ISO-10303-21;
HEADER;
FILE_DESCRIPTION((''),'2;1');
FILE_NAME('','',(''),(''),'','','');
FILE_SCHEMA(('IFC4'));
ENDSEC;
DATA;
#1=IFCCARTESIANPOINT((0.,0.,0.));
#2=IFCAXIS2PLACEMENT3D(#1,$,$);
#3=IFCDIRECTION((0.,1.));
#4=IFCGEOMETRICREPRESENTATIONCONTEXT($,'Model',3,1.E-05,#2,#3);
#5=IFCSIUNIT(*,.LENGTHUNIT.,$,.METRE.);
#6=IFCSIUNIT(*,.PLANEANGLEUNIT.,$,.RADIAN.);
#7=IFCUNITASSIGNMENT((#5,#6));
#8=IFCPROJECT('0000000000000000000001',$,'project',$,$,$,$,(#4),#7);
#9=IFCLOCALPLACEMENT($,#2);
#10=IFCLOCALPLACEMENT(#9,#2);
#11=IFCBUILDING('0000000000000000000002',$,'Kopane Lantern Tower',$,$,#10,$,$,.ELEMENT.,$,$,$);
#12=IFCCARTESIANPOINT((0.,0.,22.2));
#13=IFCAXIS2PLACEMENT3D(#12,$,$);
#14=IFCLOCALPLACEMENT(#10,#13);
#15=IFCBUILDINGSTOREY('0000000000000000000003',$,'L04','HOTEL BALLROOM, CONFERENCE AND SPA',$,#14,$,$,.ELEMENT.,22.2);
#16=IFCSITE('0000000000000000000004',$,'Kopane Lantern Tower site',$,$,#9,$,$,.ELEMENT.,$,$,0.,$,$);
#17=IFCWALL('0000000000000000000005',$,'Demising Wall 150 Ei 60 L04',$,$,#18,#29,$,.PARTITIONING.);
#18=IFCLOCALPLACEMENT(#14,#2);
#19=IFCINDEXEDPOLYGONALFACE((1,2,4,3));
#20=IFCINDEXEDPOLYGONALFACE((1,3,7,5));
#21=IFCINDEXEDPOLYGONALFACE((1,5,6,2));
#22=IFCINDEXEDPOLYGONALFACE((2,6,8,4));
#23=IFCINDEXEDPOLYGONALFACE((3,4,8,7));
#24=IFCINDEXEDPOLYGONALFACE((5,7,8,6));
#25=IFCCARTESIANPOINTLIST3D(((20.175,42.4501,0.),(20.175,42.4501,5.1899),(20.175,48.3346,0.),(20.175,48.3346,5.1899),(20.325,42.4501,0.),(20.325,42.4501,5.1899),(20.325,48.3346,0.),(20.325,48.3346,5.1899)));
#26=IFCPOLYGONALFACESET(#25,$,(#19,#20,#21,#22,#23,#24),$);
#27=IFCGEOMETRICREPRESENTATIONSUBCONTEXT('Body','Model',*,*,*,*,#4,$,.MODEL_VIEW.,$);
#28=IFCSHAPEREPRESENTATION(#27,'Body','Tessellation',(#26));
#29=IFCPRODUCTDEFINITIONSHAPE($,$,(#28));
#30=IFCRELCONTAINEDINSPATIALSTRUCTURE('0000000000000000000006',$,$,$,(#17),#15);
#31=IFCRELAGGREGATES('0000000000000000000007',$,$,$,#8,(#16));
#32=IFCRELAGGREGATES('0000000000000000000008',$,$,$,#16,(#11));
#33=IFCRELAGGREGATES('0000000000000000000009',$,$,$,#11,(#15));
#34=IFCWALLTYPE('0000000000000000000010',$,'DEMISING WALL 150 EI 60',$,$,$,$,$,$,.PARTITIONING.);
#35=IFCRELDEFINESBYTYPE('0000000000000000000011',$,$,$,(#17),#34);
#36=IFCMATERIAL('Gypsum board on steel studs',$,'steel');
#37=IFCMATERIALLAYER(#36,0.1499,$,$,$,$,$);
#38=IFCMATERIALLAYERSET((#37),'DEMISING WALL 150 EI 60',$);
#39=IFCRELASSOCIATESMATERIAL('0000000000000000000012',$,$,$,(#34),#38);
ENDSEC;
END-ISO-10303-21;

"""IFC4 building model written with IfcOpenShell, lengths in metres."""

from ifc_helpers import new_model, si_unit, direction, frame, frame_2d, origin, place, context, subcontext, project, spatial, rectangle, extrude, material, layer, layer_set, type_object, element, save


model = new_model("IFC4")

# Units and contexts
model_context = context("Model", 3, precision=1e-05, world=origin(), true_north=direction((0.0, 1.0)))
body_context = subcontext(model_context, "Body", "Model", "MODEL_VIEW")
ifc_project = project(units=[si_unit("LENGTHUNIT", "METRE"), si_unit("PLANEANGLEUNIT", "RADIAN")], contexts=[model_context])

# Site, building, storey
site_placement = place(None, origin())
site = spatial("IfcSite", under=ifc_project, at=site_placement, Name="Kopane Lantern Tower site", CompositionType="ELEMENT", RefElevation=0.0)
building_placement = place(site_placement, origin())
building = spatial("IfcBuilding", under=site, at=building_placement, Name="Kopane Lantern Tower", CompositionType="ELEMENT")
storey_placement = place(building_placement, frame((0.0, 0.0, 22.2)))
storey = spatial("IfcBuildingStorey", under=building, at=storey_placement, Name="L04", Description="HOTEL BALLROOM, CONFERENCE AND SPA", CompositionType="ELEMENT", Elevation=22.2)

# Wall
ifc_material_1 = material(Name="Gypsum board on steel studs", Category="steel")
ifc_layer_1 = layer(ifc_material_1, 0.1499)
ifc_layer_set_1 = layer_set([ifc_layer_1], Name="DEMISING WALL 150 EI 60")
wall_type = type_object("IfcWallType", Name="DEMISING WALL 150 EI 60", PredefinedType="PARTITIONING", material=ifc_layer_set_1)
wall_placement = place(storey_placement, frame((20.25, 42.45, 0.0), z_axis=(0.0, 0.0, 1.0), x_axis=(0.0, 1.0, 0.0)))
element("IfcWall", 1, at=wall_placement, inside=storey, type_object=wall_type, Name="Demising Wall 150 Ei 60 L04", PredefinedType="PARTITIONING", context=body_context, shape_type="SweptSolid", body=[
    extrude(rectangle(XDim=5.8845, YDim=0.1499, at=frame_2d((2.9424, 0.0))), origin(), (0.0, 0.0, 1.0), 5.1899),
])

save(model, "model.ifc")
